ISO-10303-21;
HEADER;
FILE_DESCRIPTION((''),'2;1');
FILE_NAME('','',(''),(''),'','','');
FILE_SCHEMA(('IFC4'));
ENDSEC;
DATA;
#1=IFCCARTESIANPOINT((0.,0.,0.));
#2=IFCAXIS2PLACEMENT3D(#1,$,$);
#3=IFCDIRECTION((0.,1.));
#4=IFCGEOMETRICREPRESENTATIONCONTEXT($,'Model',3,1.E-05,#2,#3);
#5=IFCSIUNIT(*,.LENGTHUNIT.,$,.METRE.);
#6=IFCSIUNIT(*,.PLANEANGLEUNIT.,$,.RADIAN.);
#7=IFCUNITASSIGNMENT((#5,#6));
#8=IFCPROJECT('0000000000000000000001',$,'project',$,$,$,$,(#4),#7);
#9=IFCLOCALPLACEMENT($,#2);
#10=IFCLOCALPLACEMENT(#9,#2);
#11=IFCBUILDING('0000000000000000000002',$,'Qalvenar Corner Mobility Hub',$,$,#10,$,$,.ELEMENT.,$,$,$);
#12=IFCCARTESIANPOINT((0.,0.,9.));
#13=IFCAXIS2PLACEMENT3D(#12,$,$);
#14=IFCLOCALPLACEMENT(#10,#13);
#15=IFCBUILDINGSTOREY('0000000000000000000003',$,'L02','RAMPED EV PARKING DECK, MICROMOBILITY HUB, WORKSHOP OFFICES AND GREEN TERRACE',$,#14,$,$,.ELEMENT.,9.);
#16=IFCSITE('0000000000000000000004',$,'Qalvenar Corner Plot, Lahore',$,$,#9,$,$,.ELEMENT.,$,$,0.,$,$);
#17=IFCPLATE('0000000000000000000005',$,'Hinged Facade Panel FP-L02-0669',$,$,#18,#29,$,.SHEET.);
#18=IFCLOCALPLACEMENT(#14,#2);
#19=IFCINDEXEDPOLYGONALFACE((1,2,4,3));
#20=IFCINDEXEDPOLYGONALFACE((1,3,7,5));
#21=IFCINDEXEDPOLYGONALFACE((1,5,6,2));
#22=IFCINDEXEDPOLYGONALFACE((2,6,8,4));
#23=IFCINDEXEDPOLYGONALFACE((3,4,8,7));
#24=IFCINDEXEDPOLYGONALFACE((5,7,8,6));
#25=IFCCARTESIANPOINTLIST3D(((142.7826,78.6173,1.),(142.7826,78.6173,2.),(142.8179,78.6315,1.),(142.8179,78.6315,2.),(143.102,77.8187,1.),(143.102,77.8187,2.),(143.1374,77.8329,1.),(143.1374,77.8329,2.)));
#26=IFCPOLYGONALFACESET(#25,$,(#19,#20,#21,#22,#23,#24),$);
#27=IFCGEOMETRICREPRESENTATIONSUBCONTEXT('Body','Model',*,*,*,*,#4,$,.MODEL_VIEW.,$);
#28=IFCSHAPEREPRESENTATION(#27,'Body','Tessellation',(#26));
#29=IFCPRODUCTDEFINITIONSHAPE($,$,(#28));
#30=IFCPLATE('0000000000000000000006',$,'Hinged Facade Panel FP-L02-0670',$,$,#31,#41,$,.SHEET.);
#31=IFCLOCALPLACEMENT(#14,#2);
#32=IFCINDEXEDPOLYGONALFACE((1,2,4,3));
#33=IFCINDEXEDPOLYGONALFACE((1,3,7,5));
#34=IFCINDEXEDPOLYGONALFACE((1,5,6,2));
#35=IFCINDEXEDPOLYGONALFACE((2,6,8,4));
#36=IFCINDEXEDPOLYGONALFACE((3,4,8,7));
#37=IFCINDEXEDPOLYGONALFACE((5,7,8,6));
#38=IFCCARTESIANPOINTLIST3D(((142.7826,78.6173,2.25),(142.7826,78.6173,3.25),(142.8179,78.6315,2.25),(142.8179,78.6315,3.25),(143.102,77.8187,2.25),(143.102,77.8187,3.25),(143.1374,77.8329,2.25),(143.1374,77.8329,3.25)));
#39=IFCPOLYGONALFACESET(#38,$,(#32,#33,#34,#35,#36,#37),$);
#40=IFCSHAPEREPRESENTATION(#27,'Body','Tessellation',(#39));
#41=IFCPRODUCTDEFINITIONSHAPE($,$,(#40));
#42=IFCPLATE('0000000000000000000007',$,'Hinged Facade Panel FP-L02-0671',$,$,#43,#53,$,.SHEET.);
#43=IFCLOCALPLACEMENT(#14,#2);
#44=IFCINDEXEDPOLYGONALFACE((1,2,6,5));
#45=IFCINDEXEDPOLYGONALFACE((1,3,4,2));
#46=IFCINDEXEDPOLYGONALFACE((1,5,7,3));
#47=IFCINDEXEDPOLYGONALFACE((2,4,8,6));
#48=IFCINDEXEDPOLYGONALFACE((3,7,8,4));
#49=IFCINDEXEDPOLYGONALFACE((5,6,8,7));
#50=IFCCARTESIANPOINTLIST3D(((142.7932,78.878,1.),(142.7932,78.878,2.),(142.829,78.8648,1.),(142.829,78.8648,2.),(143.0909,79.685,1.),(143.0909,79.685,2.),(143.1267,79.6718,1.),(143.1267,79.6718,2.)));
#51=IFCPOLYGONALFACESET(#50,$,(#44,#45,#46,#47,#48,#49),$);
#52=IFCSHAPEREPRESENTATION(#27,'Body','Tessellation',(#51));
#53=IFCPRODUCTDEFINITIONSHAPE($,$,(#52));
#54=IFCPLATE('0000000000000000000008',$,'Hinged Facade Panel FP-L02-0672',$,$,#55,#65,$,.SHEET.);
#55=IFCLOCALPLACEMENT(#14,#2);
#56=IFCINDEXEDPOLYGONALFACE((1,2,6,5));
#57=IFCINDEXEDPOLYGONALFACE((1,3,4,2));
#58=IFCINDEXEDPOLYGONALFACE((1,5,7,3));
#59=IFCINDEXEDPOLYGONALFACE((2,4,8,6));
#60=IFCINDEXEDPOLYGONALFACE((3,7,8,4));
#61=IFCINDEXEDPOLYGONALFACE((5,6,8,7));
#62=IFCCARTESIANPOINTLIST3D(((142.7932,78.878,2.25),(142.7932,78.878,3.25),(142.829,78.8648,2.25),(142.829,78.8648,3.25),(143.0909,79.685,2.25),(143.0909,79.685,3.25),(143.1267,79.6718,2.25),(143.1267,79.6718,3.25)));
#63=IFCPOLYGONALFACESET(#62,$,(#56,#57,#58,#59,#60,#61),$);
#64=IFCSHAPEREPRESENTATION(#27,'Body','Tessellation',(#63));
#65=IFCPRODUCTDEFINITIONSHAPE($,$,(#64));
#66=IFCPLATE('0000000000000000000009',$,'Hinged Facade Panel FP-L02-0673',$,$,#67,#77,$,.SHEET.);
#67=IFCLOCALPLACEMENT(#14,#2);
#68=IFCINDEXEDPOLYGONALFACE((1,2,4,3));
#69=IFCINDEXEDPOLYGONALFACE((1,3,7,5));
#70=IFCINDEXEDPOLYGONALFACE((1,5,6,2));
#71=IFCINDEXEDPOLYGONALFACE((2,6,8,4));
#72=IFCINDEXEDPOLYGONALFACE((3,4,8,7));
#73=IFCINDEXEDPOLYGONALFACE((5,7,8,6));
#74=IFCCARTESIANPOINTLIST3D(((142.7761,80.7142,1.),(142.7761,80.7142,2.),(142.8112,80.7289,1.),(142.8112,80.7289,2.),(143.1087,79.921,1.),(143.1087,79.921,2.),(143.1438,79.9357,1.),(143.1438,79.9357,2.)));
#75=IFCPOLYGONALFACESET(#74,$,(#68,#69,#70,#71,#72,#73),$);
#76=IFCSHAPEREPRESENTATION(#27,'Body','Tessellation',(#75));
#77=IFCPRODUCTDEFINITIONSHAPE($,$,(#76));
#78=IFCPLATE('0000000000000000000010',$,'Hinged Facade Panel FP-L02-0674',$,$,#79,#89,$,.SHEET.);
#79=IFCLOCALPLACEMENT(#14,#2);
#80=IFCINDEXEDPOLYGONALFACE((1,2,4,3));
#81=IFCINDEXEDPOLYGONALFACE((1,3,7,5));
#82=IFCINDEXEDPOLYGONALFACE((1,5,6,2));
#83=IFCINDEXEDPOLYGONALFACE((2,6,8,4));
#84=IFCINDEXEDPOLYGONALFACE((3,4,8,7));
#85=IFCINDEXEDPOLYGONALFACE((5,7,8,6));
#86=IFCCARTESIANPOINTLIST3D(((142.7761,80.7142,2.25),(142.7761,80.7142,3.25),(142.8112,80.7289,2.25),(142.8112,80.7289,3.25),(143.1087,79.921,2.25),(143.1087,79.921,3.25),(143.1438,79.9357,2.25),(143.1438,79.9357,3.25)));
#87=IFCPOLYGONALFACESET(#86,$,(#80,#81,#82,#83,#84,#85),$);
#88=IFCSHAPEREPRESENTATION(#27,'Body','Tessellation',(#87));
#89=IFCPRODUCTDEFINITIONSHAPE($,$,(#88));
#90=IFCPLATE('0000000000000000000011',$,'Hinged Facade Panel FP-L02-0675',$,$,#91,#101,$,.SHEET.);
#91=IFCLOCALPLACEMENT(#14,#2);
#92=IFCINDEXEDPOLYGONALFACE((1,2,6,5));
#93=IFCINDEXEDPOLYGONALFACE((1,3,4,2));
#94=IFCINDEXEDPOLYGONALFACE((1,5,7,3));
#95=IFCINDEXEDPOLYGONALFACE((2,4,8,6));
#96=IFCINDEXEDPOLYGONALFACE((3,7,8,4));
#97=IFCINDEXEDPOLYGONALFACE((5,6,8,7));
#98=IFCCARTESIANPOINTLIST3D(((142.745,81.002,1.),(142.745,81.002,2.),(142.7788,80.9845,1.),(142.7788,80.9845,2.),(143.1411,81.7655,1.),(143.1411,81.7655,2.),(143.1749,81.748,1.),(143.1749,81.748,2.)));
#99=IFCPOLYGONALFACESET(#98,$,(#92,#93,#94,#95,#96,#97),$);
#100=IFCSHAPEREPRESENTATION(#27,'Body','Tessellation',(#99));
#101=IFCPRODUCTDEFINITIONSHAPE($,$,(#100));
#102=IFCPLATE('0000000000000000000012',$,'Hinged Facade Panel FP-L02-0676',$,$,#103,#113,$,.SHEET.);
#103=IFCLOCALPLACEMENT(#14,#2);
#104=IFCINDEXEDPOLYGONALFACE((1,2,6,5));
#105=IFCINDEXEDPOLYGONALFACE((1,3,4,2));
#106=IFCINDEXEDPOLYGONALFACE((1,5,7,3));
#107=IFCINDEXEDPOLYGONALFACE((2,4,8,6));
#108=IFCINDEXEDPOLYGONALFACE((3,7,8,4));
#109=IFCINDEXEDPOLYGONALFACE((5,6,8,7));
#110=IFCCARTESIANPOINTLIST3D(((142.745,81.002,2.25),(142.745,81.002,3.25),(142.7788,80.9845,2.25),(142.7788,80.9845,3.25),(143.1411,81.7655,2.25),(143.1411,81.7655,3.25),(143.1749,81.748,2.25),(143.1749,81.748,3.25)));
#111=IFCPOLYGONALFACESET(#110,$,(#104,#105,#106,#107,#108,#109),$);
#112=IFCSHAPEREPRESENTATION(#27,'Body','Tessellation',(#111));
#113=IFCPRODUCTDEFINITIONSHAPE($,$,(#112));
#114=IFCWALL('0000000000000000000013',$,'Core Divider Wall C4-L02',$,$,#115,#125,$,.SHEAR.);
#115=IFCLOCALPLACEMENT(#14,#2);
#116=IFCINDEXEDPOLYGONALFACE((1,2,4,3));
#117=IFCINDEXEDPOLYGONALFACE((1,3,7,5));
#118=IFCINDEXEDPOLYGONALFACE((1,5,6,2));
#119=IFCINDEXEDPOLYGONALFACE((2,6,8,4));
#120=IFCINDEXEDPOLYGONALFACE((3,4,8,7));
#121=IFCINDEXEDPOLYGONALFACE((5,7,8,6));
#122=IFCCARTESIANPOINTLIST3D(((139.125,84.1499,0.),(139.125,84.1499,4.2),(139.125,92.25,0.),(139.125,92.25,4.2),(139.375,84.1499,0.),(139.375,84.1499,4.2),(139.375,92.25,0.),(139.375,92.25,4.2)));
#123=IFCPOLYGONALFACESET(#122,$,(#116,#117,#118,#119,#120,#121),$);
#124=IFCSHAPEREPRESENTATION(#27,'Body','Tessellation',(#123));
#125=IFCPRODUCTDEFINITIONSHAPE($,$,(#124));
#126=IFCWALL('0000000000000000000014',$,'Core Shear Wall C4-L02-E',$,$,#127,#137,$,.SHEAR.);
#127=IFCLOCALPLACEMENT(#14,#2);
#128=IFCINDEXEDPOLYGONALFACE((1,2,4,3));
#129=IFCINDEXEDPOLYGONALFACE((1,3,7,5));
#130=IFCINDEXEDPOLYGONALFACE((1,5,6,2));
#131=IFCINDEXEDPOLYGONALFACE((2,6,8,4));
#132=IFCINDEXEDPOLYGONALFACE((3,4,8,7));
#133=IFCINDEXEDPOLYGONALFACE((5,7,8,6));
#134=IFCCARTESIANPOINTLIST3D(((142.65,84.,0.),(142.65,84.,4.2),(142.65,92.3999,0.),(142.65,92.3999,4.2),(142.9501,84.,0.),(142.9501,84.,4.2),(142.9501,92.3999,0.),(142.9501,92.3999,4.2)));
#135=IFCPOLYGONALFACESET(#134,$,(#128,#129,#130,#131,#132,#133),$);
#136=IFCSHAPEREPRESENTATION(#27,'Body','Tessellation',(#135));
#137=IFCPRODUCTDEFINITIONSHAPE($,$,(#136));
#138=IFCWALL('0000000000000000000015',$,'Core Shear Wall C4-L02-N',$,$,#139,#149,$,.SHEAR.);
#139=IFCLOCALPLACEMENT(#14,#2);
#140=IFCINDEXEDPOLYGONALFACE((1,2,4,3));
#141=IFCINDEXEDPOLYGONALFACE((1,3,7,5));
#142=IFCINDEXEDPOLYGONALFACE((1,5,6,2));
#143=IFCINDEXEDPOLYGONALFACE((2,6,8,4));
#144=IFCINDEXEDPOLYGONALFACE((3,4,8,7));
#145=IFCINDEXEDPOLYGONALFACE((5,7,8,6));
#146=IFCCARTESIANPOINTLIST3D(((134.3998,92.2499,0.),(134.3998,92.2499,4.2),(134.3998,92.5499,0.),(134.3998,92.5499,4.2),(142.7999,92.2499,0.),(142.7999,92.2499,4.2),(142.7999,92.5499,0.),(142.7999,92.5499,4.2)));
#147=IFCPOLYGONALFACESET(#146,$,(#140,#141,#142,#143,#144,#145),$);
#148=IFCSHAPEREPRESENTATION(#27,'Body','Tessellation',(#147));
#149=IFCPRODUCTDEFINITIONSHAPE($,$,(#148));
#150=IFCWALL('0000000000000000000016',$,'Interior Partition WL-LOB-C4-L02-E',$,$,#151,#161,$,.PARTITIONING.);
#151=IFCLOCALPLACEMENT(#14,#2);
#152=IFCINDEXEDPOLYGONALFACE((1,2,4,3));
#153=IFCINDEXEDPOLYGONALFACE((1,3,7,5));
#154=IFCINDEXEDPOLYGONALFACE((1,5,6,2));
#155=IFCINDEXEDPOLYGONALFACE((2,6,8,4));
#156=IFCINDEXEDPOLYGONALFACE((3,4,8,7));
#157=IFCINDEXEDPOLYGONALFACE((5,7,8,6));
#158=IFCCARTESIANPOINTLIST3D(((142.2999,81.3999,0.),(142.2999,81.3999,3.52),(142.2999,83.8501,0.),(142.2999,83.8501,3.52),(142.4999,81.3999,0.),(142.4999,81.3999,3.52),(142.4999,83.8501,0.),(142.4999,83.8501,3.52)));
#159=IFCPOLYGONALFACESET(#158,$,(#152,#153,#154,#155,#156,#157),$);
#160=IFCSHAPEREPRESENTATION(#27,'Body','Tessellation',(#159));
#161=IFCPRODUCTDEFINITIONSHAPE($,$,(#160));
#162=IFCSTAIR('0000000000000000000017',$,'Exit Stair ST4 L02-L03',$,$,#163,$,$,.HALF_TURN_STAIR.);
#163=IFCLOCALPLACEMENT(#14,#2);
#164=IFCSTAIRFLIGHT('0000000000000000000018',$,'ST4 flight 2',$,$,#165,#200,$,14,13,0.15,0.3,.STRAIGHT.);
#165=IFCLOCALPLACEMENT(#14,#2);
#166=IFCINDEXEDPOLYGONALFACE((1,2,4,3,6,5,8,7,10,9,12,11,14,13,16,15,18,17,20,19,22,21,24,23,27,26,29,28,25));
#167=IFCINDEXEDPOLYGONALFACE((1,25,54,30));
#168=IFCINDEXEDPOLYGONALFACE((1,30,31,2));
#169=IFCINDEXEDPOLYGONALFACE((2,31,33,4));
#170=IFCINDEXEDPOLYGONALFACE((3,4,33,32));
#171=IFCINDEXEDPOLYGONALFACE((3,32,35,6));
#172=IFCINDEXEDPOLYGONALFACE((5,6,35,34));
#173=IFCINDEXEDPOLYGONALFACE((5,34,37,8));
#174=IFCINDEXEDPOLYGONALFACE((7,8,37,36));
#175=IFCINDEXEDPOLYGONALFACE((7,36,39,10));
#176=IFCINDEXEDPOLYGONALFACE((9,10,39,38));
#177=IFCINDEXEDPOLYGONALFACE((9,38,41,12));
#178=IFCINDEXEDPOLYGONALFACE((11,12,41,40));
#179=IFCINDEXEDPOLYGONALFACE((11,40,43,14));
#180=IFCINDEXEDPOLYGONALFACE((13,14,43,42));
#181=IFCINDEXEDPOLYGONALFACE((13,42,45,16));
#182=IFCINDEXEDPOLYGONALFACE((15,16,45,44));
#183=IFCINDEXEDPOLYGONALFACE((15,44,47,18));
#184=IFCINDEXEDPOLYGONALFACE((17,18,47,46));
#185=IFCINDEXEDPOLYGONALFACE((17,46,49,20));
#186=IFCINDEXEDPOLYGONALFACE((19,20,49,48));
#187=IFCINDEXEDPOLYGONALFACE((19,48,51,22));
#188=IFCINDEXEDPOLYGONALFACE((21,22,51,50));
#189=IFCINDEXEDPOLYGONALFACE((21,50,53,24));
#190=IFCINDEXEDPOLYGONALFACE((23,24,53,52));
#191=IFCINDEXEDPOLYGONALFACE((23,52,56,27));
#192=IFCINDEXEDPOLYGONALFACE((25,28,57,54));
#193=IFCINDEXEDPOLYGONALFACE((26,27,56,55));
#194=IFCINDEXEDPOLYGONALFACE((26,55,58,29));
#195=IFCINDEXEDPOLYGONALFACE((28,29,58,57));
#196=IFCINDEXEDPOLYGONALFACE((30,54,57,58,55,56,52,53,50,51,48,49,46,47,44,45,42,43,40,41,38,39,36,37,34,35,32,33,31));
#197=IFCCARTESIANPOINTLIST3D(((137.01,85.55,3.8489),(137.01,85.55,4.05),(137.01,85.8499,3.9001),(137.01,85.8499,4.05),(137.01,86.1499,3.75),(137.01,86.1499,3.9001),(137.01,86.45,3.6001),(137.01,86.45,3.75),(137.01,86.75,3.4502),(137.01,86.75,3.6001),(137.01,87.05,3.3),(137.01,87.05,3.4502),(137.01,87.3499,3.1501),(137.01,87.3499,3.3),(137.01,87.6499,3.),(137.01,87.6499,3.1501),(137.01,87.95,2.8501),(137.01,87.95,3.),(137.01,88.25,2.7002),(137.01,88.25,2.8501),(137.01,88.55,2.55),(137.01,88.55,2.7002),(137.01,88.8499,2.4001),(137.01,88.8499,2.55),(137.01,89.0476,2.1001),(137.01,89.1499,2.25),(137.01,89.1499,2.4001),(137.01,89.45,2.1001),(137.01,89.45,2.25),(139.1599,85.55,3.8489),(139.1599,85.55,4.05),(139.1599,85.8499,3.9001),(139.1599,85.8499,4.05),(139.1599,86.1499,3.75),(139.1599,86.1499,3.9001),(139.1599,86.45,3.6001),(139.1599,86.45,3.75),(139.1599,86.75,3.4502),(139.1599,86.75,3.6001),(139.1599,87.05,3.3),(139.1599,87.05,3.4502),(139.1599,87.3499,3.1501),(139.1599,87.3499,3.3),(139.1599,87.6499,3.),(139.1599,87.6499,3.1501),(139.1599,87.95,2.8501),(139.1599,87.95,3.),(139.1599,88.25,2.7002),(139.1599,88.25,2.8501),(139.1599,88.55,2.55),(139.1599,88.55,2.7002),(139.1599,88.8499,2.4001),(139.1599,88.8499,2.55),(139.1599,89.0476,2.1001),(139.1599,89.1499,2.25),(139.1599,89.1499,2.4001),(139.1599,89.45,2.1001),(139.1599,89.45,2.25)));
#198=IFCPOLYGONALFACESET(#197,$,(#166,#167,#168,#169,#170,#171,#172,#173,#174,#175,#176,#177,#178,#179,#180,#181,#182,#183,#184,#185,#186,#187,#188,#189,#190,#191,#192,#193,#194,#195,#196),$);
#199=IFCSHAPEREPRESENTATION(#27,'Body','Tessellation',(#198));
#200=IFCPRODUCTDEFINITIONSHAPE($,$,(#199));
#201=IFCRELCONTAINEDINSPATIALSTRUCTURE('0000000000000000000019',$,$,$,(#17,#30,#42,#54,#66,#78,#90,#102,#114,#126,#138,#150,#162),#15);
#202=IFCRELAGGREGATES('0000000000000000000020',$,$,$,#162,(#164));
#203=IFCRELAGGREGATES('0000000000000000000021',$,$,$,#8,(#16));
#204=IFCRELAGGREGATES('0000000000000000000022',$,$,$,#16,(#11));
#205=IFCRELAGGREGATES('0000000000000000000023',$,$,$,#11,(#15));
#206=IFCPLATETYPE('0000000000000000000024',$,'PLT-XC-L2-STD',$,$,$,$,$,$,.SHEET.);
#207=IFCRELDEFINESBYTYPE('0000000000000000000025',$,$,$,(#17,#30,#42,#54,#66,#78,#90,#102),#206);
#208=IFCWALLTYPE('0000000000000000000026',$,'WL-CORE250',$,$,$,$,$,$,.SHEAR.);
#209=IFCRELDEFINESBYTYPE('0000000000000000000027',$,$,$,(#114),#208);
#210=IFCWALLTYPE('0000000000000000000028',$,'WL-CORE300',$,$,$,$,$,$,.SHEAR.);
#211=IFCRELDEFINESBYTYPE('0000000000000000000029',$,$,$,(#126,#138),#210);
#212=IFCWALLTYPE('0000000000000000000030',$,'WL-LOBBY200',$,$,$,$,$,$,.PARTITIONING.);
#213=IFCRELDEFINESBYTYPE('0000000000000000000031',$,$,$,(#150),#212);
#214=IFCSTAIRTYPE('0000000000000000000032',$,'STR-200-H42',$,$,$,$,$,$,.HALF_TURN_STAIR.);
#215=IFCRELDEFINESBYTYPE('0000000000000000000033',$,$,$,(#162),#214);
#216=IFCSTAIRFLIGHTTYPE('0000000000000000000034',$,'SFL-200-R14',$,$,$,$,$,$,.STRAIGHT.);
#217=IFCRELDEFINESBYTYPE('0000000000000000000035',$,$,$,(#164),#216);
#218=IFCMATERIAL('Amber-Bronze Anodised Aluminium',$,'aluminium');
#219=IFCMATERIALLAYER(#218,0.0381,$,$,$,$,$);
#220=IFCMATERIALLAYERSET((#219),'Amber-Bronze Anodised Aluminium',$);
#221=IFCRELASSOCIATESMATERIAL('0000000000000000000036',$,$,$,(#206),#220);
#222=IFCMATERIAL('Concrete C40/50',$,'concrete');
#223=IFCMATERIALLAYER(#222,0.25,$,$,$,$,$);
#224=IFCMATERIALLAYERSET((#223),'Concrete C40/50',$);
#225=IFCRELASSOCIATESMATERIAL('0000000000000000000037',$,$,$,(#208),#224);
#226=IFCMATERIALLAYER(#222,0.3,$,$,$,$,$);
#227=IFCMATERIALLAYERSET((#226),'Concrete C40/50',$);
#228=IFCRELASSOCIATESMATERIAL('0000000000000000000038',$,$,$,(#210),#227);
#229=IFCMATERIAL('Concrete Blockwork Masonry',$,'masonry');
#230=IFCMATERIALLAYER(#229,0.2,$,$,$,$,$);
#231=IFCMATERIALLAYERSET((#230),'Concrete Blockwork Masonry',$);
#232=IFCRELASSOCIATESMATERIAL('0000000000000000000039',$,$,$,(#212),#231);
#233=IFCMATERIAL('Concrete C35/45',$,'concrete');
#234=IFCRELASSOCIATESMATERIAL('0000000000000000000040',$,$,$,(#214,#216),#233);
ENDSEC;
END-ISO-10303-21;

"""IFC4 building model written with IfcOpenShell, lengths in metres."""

from ifc_helpers import new_model, si_unit, direction, frame, frame_2d, origin, origin_2d, place, context, subcontext, project, spatial, polyline, rectangle, outline, extrude, material, layer, layer_set, type_object, element, aggregate, save


model = new_model("IFC4")

# Units and contexts
model_context = context("Model", 3, precision=1e-05, world=origin(), true_north=direction((0.0, 1.0)))
body_context = subcontext(model_context, "Body", "Model", "MODEL_VIEW")
ifc_project = project(units=[si_unit("LENGTHUNIT", "METRE"), si_unit("PLANEANGLEUNIT", "RADIAN")], contexts=[model_context])

# Site, building, storey
site_placement = place(None, origin())
site = spatial("IfcSite", under=ifc_project, at=site_placement, Name="Qalvenar Corner Plot, Lahore", CompositionType="ELEMENT", RefElevation=0.0)
building_placement = place(site_placement, origin())
building = spatial("IfcBuilding", under=site, at=building_placement, Name="Qalvenar Corner Mobility Hub", CompositionType="ELEMENT")
storey_placement = place(building_placement, frame((0.0, 0.0, 9.0)))
storey = spatial("IfcBuildingStorey", under=building, at=storey_placement, Name="L02", Description="RAMPED EV PARKING DECK, MICROMOBILITY HUB, WORKSHOP OFFICES AND GREEN TERRACE", CompositionType="ELEMENT", Elevation=9.0)

# Plates
ifc_material_1 = material(Name="Amber-Bronze Anodised Aluminium", Category="aluminium")
ifc_layer_1 = layer(ifc_material_1, 0.0381)
ifc_layer_set_1 = layer_set([ifc_layer_1], Name="Amber-Bronze Anodised Aluminium")
plate_type_1 = type_object("IfcPlateType", Name="PLT-XC-L2-STD", PredefinedType="SHEET", material=ifc_layer_set_1)
for number, where, z_axis, x_axis, name in (
    (1, (142.96, 78.2251, 1.0), (0.0, 0.0, 1.0), (-0.371368, 0.928486, 0.0), "Hinged Facade Panel FP-L02-0669"),
    (2, (142.96, 78.2251, 2.25), (0.0, 0.0, 1.0), (-0.371368, 0.928486, 0.0), "Hinged Facade Panel FP-L02-0670"),
    (3, (142.96, 79.2749, 1.0), (0.0, 0.0, 1.0), (0.346117, 0.938191, 0.0), "Hinged Facade Panel FP-L02-0671"),
    (4, (142.96, 79.2749, 2.25), (0.0, 0.0, 1.0), (0.346117, 0.938191, 0.0), "Hinged Facade Panel FP-L02-0672"),
    (5, (142.96, 80.325, 1.0), (0.0, 0.0, 1.0), (-0.386711, 0.922201, 0.0), "Hinged Facade Panel FP-L02-0673"),
    (6, (142.96, 80.325, 2.25), (0.0, 0.0, 1.0), (-0.386711, 0.922201, 0.0), "Hinged Facade Panel FP-L02-0674"),
    (7, (142.96, 81.375, 1.0), (0.0, 0.0, 1.0), (0.46051, 0.887655, 0.0), "Hinged Facade Panel FP-L02-0675"),
    (8, (142.96, 81.375, 2.25), (0.0, 0.0, 1.0), (0.46051, 0.887655, 0.0), "Hinged Facade Panel FP-L02-0676"),
):
    element("IfcPlate", number, at=place(storey_placement, frame(where, z_axis=z_axis, x_axis=x_axis)), inside=storey, type_object=plate_type_1, Name=name, PredefinedType="SHEET", context=body_context, shape_type="SweptSolid", body=[
        extrude(rectangle(XDim=0.8601, YDim=0.0381, at=origin_2d()), origin(), (0.0, 0.0, 1.0), 1.0),
    ])

# Walls
ifc_material_2 = material(Name="Concrete C40/50", Category="concrete")
ifc_layer_2 = layer(ifc_material_2, 0.25)
ifc_layer_set_2 = layer_set([ifc_layer_2], Name="Concrete C40/50")
wall_type_1 = type_object("IfcWallType", Name="WL-CORE250", PredefinedType="SHEAR", material=ifc_layer_set_2)
wall_1_placement = place(storey_placement, frame((139.25, 84.1499, 0.0), z_axis=(0.0, 0.0, 1.0), x_axis=(0.0, 1.0, 0.0)))
element("IfcWall", 9, at=wall_1_placement, inside=storey, type_object=wall_type_1, Name="Core Divider Wall C4-L02", PredefinedType="SHEAR", context=body_context, shape_type="SweptSolid", body=[
    extrude(rectangle(XDim=8.1001, YDim=0.25, at=frame_2d((4.05, 0.0))), origin(), (0.0, 0.0, 1.0), 4.2),
])
ifc_layer_3 = layer(ifc_material_2, 0.3)
ifc_layer_set_3 = layer_set([ifc_layer_3], Name="Concrete C40/50")
wall_type_2 = type_object("IfcWallType", Name="WL-CORE300", PredefinedType="SHEAR", material=ifc_layer_set_3)
wall_2_placement = place(storey_placement, frame((142.8, 84.0, 0.0), z_axis=(0.0, 0.0, 1.0), x_axis=(0.0, 1.0, 0.0)))
element("IfcWall", 10, at=wall_2_placement, inside=storey, type_object=wall_type_2, Name="Core Shear Wall C4-L02-E", PredefinedType="SHEAR", context=body_context, shape_type="SweptSolid", body=[
    extrude(rectangle(XDim=8.3999, YDim=0.3, at=frame_2d((4.2, 0.0))), origin(), (0.0, 0.0, 1.0), 4.2),
])
wall_3_placement = place(storey_placement, frame((142.8, 92.3999, 0.0), z_axis=(0.0, 0.0, 1.0), x_axis=(-1.0, 0.0, 0.0)))
element("IfcWall", 11, at=wall_3_placement, inside=storey, type_object=wall_type_2, Name="Core Shear Wall C4-L02-N", PredefinedType="SHEAR", context=body_context, shape_type="SweptSolid", body=[
    extrude(rectangle(XDim=8.4001, YDim=0.3, at=frame_2d((4.2002, 0.0))), origin(), (0.0, 0.0, 1.0), 4.2),
])
ifc_material_3 = material(Name="Concrete Blockwork Masonry", Category="masonry")
ifc_layer_4 = layer(ifc_material_3, 0.2)
ifc_layer_set_4 = layer_set([ifc_layer_4], Name="Concrete Blockwork Masonry")
wall_type_3 = type_object("IfcWallType", Name="WL-LOBBY200", PredefinedType="PARTITIONING", material=ifc_layer_set_4)
wall_4_placement = place(storey_placement, frame((142.3999, 81.3999, 0.0), z_axis=(0.0, 0.0, 1.0), x_axis=(0.0, 1.0, 0.0)))
element("IfcWall", 12, at=wall_4_placement, inside=storey, type_object=wall_type_3, Name="Interior Partition WL-LOB-C4-L02-E", PredefinedType="PARTITIONING", context=body_context, shape_type="SweptSolid", body=[
    extrude(rectangle(XDim=2.4502, YDim=0.2, at=frame_2d((1.2251, 0.0))), origin(), (0.0, 0.0, 1.0), 3.52),
])

# Stair, stair flight
ifc_material_4 = material(Name="Concrete C35/45", Category="concrete")
stair_type = type_object("IfcStairType", Name="STR-200-H42", PredefinedType="HALF_TURN_STAIR", material=ifc_material_4)
stair_placement = place(storey_placement, origin())
stair = element("IfcStair", 13, at=stair_placement, inside=storey, type_object=stair_type, Name="Exit Stair ST4 L02-L03", PredefinedType="HALF_TURN_STAIR")
stair_flight_type = type_object("IfcStairFlightType", Name="SFL-200-R14", PredefinedType="STRAIGHT", material=ifc_material_4)
stair_flight_placement = place(storey_placement, frame((138.085, 89.45, 2.1001), z_axis=(0.0, 0.0, 1.0), x_axis=(0.0, -1.0, 0.0)))
stair_flight = element("IfcStairFlight", 14, at=stair_flight_placement, type_object=stair_flight_type, Name="ST4 flight 2", NumberOfRisers=14, NumberOfTreads=13, PredefinedType="STRAIGHT", RiserHeight=0.15, TreadLength=0.3, context=body_context, shape_type="SweptSolid", body=[
    extrude(outline(polyline([(0.0, 0.0), (0.0, 0.1499), (0.3, 0.1499), (0.3, 0.3), (0.6001, 0.3), (0.6001, 0.45), (0.8999, 0.45), (0.8999, 0.6001), (1.2, 0.6001), (1.2, 0.75), (1.5, 0.75), (1.5, 0.8999), (1.8, 0.8999), (1.8, 1.05), (2.1001, 1.05), (2.1001, 1.2), (2.3999, 1.2), (2.3999, 1.3501), (2.7, 1.3501), (2.7, 1.5), (3.0, 1.5), (3.0, 1.6499), (3.3, 1.6499), (3.3, 1.8), (3.6001, 1.8), (3.6001, 1.95), (3.8999, 1.95), (3.8999, 2.1001), (3.8999, 1.7488), (0.4023, 0.0), (0.0, 0.0)])), frame((0.0, 1.075, 0.0), z_axis=(0.0, -1.0, 0.0), x_axis=(1.0, 0.0, 0.0)), (0.0, 0.0, 1.0), 2.1499),
])
aggregate(stair, [stair_flight])

save(model, "model.ifc")
